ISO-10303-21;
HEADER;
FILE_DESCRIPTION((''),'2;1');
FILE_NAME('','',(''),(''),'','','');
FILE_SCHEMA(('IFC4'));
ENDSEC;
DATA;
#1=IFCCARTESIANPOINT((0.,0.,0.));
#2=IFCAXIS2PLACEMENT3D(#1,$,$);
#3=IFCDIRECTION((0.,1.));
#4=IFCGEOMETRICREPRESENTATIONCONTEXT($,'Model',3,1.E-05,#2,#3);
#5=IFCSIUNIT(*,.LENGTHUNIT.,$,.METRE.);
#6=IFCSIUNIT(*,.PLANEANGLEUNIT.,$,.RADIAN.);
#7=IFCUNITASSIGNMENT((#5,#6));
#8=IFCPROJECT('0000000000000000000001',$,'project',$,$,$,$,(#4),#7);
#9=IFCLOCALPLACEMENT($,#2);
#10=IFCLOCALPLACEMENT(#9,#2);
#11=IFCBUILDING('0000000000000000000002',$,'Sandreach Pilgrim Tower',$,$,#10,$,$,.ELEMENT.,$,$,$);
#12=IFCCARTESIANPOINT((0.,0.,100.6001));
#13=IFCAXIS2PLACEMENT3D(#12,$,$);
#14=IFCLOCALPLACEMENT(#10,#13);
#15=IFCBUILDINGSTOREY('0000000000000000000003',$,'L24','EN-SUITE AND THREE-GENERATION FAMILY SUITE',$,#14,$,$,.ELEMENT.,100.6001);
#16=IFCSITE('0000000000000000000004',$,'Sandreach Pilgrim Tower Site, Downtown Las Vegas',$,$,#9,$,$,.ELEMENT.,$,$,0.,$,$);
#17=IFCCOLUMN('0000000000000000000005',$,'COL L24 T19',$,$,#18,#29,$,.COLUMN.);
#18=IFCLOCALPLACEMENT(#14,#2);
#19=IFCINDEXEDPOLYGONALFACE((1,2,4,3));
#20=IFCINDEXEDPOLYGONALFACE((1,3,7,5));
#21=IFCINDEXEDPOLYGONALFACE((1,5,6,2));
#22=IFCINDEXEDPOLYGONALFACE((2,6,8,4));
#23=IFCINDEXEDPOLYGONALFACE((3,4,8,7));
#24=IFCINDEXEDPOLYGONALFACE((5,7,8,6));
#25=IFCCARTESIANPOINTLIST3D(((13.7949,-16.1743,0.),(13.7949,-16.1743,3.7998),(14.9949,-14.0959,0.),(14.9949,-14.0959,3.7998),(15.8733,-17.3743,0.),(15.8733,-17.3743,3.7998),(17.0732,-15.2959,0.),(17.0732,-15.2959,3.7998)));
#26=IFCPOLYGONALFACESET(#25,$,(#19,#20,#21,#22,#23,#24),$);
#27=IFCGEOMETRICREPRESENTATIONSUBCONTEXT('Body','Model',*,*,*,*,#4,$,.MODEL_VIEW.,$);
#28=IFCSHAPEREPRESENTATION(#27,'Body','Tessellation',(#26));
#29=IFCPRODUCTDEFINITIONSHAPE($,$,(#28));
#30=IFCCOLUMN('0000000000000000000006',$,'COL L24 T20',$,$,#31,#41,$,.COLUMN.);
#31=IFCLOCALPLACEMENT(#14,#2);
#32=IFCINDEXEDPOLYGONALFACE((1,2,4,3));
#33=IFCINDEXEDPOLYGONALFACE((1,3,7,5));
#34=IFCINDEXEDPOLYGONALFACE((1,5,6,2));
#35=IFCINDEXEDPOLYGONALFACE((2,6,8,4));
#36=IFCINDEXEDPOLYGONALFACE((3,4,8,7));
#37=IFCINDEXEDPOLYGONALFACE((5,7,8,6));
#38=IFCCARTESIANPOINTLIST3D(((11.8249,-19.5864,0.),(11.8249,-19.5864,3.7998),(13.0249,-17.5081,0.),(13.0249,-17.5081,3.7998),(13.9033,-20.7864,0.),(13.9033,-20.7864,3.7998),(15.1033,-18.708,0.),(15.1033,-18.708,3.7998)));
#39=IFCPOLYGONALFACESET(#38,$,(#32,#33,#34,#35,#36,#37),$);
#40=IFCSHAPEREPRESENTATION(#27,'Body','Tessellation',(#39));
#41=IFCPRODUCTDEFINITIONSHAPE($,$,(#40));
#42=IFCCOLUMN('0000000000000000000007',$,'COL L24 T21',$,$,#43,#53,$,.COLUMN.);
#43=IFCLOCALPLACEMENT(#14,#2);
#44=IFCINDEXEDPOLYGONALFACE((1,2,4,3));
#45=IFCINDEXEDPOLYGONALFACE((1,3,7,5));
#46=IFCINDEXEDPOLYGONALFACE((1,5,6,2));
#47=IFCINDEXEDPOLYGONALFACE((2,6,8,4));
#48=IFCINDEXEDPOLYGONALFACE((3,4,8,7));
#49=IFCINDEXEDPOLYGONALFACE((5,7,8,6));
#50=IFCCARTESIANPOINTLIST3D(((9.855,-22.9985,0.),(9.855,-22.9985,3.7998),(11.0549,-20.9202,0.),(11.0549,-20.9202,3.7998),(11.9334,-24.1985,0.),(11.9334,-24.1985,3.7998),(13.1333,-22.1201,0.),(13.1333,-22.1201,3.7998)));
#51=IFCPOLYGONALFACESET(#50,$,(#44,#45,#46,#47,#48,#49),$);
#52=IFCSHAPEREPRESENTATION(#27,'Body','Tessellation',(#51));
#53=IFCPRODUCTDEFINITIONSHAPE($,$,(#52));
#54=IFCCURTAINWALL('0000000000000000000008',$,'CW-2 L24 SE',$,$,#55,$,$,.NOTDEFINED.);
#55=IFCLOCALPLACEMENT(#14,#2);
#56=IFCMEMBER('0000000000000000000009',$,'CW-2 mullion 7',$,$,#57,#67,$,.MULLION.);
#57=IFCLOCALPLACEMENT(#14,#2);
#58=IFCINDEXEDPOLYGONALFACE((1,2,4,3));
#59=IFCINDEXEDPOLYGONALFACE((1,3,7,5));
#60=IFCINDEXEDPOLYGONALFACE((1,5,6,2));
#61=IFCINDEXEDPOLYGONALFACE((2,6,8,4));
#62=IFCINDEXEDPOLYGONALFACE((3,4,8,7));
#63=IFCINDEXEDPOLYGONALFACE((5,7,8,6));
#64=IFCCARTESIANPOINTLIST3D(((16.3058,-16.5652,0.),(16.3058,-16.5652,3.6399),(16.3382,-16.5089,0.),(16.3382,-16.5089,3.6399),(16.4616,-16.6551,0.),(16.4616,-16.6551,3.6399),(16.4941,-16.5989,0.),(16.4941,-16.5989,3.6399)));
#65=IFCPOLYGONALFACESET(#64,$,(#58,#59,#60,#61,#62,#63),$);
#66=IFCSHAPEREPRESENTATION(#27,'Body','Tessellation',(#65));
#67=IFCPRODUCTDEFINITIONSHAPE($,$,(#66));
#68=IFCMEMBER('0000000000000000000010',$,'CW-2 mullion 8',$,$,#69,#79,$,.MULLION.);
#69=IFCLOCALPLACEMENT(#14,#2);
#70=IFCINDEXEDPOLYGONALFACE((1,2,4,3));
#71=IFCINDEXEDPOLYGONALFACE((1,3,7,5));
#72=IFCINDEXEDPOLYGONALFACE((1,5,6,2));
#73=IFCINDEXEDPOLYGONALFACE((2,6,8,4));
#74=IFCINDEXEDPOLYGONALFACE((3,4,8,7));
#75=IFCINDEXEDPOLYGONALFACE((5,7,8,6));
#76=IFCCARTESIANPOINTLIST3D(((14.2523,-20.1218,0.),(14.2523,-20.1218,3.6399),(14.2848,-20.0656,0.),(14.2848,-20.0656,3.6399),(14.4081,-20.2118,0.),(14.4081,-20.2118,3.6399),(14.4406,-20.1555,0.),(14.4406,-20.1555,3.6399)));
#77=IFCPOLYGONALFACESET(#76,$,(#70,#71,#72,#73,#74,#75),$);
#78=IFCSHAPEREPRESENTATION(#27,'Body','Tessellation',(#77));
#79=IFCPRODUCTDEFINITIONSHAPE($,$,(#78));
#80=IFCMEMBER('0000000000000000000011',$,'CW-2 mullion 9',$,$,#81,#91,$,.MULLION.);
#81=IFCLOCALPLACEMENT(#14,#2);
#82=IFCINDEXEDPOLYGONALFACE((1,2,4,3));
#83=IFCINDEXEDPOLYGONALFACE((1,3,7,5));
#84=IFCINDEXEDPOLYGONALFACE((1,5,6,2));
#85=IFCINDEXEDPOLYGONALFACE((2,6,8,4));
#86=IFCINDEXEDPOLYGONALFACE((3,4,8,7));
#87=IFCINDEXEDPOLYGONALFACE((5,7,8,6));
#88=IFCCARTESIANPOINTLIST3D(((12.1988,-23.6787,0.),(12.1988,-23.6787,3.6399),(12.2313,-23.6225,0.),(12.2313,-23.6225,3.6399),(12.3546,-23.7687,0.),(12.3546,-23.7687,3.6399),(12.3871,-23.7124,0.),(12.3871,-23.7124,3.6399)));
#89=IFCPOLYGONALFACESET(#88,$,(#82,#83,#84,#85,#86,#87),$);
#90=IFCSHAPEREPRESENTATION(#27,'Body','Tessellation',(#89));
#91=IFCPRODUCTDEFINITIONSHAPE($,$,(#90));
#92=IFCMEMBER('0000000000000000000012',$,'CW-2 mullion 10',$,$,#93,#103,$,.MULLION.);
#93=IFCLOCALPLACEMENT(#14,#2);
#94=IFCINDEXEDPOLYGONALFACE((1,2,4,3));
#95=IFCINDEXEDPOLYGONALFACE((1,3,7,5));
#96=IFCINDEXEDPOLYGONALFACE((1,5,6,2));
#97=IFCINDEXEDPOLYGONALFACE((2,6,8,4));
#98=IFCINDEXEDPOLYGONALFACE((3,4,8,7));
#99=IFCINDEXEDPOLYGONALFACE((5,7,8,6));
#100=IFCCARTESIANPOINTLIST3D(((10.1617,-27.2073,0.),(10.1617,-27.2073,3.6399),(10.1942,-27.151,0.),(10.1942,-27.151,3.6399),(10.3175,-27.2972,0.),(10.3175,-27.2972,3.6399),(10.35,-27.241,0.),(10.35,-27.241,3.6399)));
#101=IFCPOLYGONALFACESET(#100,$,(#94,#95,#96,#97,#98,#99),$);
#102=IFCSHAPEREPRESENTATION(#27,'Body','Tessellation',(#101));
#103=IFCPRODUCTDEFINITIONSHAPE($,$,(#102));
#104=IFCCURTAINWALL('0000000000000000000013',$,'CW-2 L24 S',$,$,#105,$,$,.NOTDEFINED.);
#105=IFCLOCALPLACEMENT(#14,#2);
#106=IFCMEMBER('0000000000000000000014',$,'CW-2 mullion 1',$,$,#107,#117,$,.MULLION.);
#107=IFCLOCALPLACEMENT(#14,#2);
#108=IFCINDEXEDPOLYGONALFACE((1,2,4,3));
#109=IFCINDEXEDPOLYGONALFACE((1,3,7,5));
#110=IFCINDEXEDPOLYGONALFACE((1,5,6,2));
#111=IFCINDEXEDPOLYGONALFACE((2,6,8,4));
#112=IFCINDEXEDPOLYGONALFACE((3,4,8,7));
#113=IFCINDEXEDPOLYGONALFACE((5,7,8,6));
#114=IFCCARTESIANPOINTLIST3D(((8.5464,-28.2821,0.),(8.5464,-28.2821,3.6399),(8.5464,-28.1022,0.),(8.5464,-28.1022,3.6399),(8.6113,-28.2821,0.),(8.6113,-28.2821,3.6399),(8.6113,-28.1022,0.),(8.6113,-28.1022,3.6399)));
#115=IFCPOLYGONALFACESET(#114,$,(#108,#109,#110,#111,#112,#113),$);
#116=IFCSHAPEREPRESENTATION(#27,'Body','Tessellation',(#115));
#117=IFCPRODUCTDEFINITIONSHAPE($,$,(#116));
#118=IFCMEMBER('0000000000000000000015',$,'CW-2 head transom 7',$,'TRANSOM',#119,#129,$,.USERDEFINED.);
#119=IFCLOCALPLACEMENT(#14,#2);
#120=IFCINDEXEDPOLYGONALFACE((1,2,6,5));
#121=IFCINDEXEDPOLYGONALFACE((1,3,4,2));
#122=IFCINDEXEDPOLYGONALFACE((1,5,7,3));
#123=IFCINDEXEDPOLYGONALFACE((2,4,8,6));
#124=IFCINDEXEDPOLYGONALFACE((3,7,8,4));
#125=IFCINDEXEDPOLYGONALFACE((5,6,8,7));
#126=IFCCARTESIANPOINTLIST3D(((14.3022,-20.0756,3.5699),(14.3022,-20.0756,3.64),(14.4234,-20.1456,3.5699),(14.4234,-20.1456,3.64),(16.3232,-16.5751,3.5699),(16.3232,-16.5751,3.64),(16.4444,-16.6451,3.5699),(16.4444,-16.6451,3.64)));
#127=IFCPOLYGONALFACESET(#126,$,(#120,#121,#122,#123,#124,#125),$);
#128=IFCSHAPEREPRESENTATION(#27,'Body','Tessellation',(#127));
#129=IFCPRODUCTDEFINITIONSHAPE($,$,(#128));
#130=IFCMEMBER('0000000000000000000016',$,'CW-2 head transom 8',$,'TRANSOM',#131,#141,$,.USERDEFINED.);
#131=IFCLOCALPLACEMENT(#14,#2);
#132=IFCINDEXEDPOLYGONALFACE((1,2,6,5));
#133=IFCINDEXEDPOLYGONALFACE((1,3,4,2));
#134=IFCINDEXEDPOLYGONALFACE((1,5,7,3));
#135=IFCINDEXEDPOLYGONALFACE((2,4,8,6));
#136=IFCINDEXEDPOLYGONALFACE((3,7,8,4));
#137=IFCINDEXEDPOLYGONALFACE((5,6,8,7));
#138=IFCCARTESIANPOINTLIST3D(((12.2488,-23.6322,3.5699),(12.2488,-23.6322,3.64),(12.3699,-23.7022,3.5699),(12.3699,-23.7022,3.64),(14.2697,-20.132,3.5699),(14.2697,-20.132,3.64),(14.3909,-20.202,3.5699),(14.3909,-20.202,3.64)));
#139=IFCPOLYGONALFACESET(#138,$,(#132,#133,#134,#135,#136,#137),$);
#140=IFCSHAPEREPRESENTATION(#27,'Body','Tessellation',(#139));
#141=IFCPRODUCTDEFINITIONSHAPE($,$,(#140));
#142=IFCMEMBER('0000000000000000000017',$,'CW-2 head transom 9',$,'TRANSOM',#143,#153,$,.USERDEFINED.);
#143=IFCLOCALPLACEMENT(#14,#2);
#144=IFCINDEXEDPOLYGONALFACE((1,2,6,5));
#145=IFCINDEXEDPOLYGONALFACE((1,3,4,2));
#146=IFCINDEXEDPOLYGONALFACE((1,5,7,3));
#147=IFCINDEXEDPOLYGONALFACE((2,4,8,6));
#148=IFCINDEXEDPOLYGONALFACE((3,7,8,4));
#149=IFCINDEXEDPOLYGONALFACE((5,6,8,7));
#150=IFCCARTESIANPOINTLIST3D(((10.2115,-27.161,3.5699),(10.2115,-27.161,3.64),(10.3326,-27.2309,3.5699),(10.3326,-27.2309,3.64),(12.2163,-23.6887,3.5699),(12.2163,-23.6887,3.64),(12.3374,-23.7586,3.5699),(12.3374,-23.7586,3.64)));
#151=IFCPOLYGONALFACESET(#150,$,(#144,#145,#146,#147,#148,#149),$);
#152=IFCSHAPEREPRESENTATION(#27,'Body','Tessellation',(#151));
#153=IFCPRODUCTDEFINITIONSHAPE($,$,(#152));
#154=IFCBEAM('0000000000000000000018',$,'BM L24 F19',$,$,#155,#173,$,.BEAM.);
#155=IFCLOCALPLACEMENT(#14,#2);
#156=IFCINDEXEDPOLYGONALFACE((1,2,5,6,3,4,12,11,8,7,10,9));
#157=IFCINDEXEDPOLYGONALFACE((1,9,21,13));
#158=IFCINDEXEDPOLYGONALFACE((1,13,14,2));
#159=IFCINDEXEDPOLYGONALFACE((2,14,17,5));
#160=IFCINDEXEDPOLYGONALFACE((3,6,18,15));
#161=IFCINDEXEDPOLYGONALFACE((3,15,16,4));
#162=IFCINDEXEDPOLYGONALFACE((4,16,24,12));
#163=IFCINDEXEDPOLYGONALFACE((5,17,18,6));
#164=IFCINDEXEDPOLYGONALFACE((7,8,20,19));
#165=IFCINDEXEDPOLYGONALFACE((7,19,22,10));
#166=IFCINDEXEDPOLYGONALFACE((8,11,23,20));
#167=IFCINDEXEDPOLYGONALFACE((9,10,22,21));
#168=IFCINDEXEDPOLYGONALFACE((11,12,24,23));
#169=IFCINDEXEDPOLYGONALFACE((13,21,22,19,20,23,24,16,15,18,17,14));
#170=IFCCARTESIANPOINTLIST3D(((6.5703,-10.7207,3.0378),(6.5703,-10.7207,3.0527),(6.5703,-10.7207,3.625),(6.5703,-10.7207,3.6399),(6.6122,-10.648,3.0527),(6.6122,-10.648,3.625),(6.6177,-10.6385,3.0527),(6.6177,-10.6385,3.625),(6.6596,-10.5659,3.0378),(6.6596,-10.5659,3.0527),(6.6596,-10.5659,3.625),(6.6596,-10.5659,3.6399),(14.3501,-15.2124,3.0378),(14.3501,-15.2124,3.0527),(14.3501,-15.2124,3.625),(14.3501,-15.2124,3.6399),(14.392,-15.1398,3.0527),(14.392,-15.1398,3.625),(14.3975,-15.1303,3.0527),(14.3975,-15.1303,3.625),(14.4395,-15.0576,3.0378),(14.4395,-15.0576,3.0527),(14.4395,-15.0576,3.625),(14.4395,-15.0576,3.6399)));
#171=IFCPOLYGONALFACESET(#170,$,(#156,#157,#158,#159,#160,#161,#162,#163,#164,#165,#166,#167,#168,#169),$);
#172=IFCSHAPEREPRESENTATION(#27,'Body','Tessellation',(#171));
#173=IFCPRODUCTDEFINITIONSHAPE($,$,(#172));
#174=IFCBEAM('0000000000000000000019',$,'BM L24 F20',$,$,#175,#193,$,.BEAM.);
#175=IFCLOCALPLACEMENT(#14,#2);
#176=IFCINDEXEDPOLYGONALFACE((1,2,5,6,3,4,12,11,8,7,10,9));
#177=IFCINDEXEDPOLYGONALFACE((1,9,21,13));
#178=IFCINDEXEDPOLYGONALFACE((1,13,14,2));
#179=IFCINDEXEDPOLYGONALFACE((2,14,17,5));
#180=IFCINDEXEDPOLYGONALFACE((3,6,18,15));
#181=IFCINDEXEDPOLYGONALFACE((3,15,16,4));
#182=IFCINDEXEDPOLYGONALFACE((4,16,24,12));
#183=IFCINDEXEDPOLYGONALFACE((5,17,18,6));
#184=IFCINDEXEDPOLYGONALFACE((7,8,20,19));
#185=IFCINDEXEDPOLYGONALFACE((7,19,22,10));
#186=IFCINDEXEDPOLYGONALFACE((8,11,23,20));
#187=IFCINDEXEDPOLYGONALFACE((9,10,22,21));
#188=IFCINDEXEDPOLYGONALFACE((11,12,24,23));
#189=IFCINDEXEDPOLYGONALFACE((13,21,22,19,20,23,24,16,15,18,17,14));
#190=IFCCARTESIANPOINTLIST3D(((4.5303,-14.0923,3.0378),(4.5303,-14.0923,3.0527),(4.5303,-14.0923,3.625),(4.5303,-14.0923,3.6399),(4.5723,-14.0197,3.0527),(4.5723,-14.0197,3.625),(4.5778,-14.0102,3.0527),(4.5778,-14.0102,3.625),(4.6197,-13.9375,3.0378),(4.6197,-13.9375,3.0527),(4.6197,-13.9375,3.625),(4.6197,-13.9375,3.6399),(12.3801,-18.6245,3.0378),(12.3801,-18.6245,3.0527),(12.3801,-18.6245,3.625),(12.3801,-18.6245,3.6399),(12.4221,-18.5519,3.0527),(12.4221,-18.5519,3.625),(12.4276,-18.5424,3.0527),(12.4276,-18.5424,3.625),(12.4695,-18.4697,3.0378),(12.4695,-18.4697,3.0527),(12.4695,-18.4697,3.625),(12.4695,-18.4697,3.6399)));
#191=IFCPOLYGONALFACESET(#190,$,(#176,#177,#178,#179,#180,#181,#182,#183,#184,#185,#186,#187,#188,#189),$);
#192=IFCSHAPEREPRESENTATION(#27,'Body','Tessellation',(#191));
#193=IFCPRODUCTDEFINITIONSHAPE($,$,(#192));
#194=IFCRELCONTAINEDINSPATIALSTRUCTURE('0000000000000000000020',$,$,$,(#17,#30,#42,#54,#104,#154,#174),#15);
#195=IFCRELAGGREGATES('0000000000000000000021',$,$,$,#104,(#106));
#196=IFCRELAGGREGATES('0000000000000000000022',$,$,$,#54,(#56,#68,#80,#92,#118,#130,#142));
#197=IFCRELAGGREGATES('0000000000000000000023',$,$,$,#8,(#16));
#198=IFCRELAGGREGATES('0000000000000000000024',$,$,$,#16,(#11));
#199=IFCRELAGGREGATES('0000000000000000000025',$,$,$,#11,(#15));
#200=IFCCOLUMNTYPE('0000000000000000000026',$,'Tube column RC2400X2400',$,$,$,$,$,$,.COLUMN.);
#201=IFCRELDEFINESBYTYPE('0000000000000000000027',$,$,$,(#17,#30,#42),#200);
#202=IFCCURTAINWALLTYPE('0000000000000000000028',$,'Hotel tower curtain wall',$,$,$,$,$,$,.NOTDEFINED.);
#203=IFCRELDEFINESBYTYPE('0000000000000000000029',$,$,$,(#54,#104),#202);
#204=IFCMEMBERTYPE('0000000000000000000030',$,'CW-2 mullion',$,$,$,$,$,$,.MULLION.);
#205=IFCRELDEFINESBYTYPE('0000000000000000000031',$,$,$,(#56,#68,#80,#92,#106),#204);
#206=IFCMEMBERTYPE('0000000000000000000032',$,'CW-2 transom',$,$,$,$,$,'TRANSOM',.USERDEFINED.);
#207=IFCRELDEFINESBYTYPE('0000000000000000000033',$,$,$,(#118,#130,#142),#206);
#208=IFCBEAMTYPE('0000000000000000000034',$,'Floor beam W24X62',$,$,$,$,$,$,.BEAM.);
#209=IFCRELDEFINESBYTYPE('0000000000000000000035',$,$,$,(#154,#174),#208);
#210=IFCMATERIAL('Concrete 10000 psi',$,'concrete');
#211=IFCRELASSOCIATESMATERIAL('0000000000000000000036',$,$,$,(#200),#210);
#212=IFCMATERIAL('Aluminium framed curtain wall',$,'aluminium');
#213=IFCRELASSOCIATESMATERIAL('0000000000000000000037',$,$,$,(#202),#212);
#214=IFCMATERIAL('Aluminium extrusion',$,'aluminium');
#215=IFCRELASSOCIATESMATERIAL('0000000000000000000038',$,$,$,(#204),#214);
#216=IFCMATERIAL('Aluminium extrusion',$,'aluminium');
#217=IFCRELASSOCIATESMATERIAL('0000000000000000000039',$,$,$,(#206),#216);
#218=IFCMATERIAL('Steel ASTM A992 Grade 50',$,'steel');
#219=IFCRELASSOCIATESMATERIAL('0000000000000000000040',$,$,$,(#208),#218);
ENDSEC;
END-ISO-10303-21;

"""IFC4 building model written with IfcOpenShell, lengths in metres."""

from ifc_helpers import new_model, si_unit, direction, frame, origin, origin_2d, place, context, subcontext, project, spatial, rectangle, i_section, extrude, material, material_profile, profile_set, type_object, element, aggregate, save


model = new_model("IFC4")

# Units and contexts
model_context = context("Model", 3, precision=1e-05, world=origin(), true_north=direction((0.0, 1.0)))
body_context = subcontext(model_context, "Body", "Model", "MODEL_VIEW")
ifc_project = project(units=[si_unit("LENGTHUNIT", "METRE"), si_unit("PLANEANGLEUNIT", "RADIAN")], contexts=[model_context])

# Site, building, storey
site_placement = place(None, origin())
site = spatial("IfcSite", under=ifc_project, at=site_placement, Name="Sandreach Pilgrim Tower Site, Downtown Las Vegas", CompositionType="ELEMENT", RefElevation=0.0)
building_placement = place(site_placement, origin())
building = spatial("IfcBuilding", under=site, at=building_placement, Name="Sandreach Pilgrim Tower", CompositionType="ELEMENT")
storey_placement = place(building_placement, frame((0.0, 0.0, 100.6001)))
storey = spatial("IfcBuildingStorey", under=building, at=storey_placement, Name="L24", Description="EN-SUITE AND THREE-GENERATION FAMILY SUITE", CompositionType="ELEMENT", Elevation=100.6001)

# Columns
ifc_material_1 = material(Name="Concrete 10000 psi", Category="concrete")
ifc_material_profile_1 = material_profile(ifc_material_1, rectangle(XDim=2.3999, YDim=2.3999, at=origin_2d()), Name="RC2400X2400")
ifc_profile_set_1 = profile_set([ifc_material_profile_1], Name="Concrete 10000 psi")
column_type = type_object("IfcColumnType", Name="Tube column RC2400X2400", PredefinedType="COLUMN", material=ifc_profile_set_1)
for number, where, z_axis, x_axis, name in (
    (1, (15.4341, -15.7351, 0.0), (0.0, 0.0, 1.0), (0.866025, -0.5, 0.0), "COL L24 T19"),
    (2, (13.4641, -19.1472, 0.0), (0.0, 0.0, 1.0), (0.866025, -0.5, 0.0), "COL L24 T20"),
    (3, (11.4941, -22.5593, 0.0), (0.0, 0.0, 1.0), (0.866025, -0.5, 0.0), "COL L24 T21"),
):
    element("IfcColumn", number, at=place(storey_placement, frame(where, z_axis=z_axis, x_axis=x_axis)), inside=storey, type_object=column_type, Name=name, PredefinedType="COLUMN", context=body_context, shape_type="SweptSolid", body=[
        extrude(rectangle(XDim=2.3999, YDim=2.3999, at=origin_2d()), origin(), (0.0, 0.0, 1.0), 3.7998),
    ])

# Curtain wall, members
ifc_material_2 = material(Name="Aluminium framed curtain wall", Category="aluminium")
curtain_wall_type = type_object("IfcCurtainWallType", Name="Hotel tower curtain wall", PredefinedType="NOTDEFINED", material=ifc_material_2)
curtain_wall_1_placement = place(storey_placement, origin())
curtain_wall_1 = element("IfcCurtainWall", 4, at=curtain_wall_1_placement, inside=storey, type_object=curtain_wall_type, Name="CW-2 L24 SE", PredefinedType="NOTDEFINED")
ifc_material_3 = material(Name="Aluminium extrusion", Category="aluminium")
ifc_material_profile_2 = material_profile(ifc_material_3, rectangle(XDim=0.0649, YDim=0.1799, at=origin_2d()), Name="CW-2M 65X180")
ifc_profile_set_2 = profile_set([ifc_material_profile_2], Name="Aluminium extrusion")
member_type_1 = type_object("IfcMemberType", Name="CW-2 mullion", PredefinedType="MULLION", material=ifc_profile_set_2)
member_1_placement = place(storey_placement, frame((16.3999, -16.582, 0.0), z_axis=(0.0, 0.0, 1.0), x_axis=(-0.5, -0.866025, 0.0)))
member_1 = element("IfcMember", 5, at=member_1_placement, type_object=member_type_1, Name="CW-2 mullion 7", PredefinedType="MULLION", context=body_context, shape_type="SweptSolid", body=[
    extrude(rectangle(XDim=0.0649, YDim=0.1799, at=origin_2d()), origin(), (0.0, 0.0, 1.0), 3.6399),
])
member_2_placement = place(storey_placement, frame((14.3464, -20.1387, 0.0), z_axis=(0.0, 0.0, 1.0), x_axis=(-0.5, -0.866025, 0.0)))
member_2 = element("IfcMember", 6, at=member_2_placement, type_object=member_type_1, Name="CW-2 mullion 8", PredefinedType="MULLION", context=body_context, shape_type="SweptSolid", body=[
    extrude(rectangle(XDim=0.0649, YDim=0.1799, at=origin_2d()), origin(), (0.0, 0.0, 1.0), 3.6399),
])
member_3_placement = place(storey_placement, frame((12.293, -23.6956, 0.0), z_axis=(0.0, 0.0, 1.0), x_axis=(-0.5, -0.866025, 0.0)))
member_3 = element("IfcMember", 7, at=member_3_placement, type_object=member_type_1, Name="CW-2 mullion 9", PredefinedType="MULLION", context=body_context, shape_type="SweptSolid", body=[
    extrude(rectangle(XDim=0.0649, YDim=0.1799, at=origin_2d()), origin(), (0.0, 0.0, 1.0), 3.6399),
])
member_4_placement = place(storey_placement, frame((10.2559, -27.2241, 0.0), z_axis=(0.0, 0.0, 1.0), x_axis=(-0.5, -0.866025, 0.0)))
member_4 = element("IfcMember", 8, at=member_4_placement, type_object=member_type_1, Name="CW-2 mullion 10", PredefinedType="MULLION", context=body_context, shape_type="SweptSolid", body=[
    extrude(rectangle(XDim=0.0649, YDim=0.1799, at=origin_2d()), origin(), (0.0, 0.0, 1.0), 3.6399),
])

# Curtain wall, member
curtain_wall_2_placement = place(storey_placement, origin())
curtain_wall_2 = element("IfcCurtainWall", 9, at=curtain_wall_2_placement, inside=storey, type_object=curtain_wall_type, Name="CW-2 L24 S", PredefinedType="NOTDEFINED")
member_5_placement = place(storey_placement, frame((8.5789, -28.1921, 0.0), z_axis=(0.0, 0.0, 1.0), x_axis=(-1.0, 0.0, 0.0)))
member_5 = element("IfcMember", 10, at=member_5_placement, type_object=member_type_1, Name="CW-2 mullion 1", PredefinedType="MULLION", context=body_context, shape_type="SweptSolid", body=[
    extrude(rectangle(XDim=0.0649, YDim=0.1799, at=origin_2d()), origin(), (0.0, 0.0, 1.0), 3.6399),
])
aggregate(curtain_wall_2, [member_5])

# Members
ifc_material_4 = material(Name="Aluminium extrusion", Category="aluminium")
ifc_material_profile_3 = material_profile(ifc_material_4, rectangle(XDim=0.1399, YDim=0.0701, at=origin_2d()), Name="CW-2T 140X70")
ifc_profile_set_3 = profile_set([ifc_material_profile_3], Name="Aluminium extrusion")
member_type_2 = type_object("IfcMemberType", Name="CW-2 transom", ElementType="TRANSOM", PredefinedType="USERDEFINED", material=ifc_profile_set_3)
member_6_placement = place(storey_placement, frame((16.3838, -16.6101, 3.605), z_axis=(-0.499998, -0.866027, 0.0), x_axis=(0.866027, -0.499998, 0.0)))
member_6 = element("IfcMember", 11, at=member_6_placement, type_object=member_type_2, Name="CW-2 head transom 7", ObjectType="TRANSOM", PredefinedType="USERDEFINED", context=body_context, shape_type="SweptSolid", body=[
    extrude(rectangle(XDim=0.1399, YDim=0.0701, at=origin_2d()), origin(), (0.0, 0.0, 1.0), 4.042),
])
member_7_placement = place(storey_placement, frame((14.3303, -20.167, 3.605), z_axis=(-0.500024, -0.866012, 0.0), x_axis=(0.866012, -0.500024, 0.0)))
member_7 = element("IfcMember", 12, at=member_7_placement, type_object=member_type_2, Name="CW-2 head transom 8", ObjectType="TRANSOM", PredefinedType="USERDEFINED", context=body_context, shape_type="SweptSolid", body=[
    extrude(rectangle(XDim=0.1399, YDim=0.0701, at=origin_2d()), origin(), (0.0, 0.0, 1.0), 4.0417),
])
member_8_placement = place(storey_placement, frame((12.2769, -23.7236, 3.605), z_axis=(-0.500016, -0.866016, 0.0), x_axis=(0.866016, -0.500016, 0.0)))
member_8 = element("IfcMember", 13, at=member_8_placement, type_object=member_type_2, Name="CW-2 head transom 9", ObjectType="TRANSOM", PredefinedType="USERDEFINED", context=body_context, shape_type="SweptSolid", body=[
    extrude(rectangle(XDim=0.1399, YDim=0.0701, at=origin_2d()), origin(), (0.0, 0.0, 1.0), 4.0095),
])

# Beams
ifc_material_5 = material(Name="Steel ASTM A992 Grade 50", Category="steel")
ifc_material_profile_4 = material_profile(ifc_material_5, i_section(OverallWidth=0.1787, OverallDepth=0.6021, WebThickness=0.011, FlangeThickness=0.0149, at=origin_2d()), Name="W24X62")
ifc_profile_set_4 = profile_set([ifc_material_profile_4], Name="Steel ASTM A992 Grade 50")
beam_type_1 = type_object("IfcBeamType", Name="Floor beam W24X62", PredefinedType="BEAM", material=ifc_profile_set_4)
beam_1_placement = place(storey_placement, frame((14.3948, -15.135, 3.3389), z_axis=(-0.866024, 0.500003, 0.0), x_axis=(-0.500003, -0.866024, 0.0)))
element("IfcBeam", 14, at=beam_1_placement, inside=storey, type_object=beam_type_1, Name="BM L24 F19", PredefinedType="BEAM", context=body_context, shape_type="SweptSolid", body=[
    extrude(i_section(OverallWidth=0.1787, OverallDepth=0.6021, WebThickness=0.011, FlangeThickness=0.0149, at=origin_2d()), origin(), (0.0, 0.0, 1.0), 8.9834),
])
beam_2_placement = place(storey_placement, frame((12.4248, -18.5471, 3.3389), z_axis=(-0.86602, 0.500009, 0.0), x_axis=(-0.500009, -0.86602, 0.0)))
element("IfcBeam", 15, at=beam_2_placement, inside=storey, type_object=beam_type_1, Name="BM L24 F20", PredefinedType="BEAM", context=body_context, shape_type="SweptSolid", body=[
    extrude(i_section(OverallWidth=0.1787, OverallDepth=0.6021, WebThickness=0.011, FlangeThickness=0.0149, at=origin_2d()), origin(), (0.0, 0.0, 1.0), 9.0642),
])

aggregate(curtain_wall_1, [member_1, member_2, member_3, member_4, member_6, member_7, member_8])

save(model, "model.ifc")
